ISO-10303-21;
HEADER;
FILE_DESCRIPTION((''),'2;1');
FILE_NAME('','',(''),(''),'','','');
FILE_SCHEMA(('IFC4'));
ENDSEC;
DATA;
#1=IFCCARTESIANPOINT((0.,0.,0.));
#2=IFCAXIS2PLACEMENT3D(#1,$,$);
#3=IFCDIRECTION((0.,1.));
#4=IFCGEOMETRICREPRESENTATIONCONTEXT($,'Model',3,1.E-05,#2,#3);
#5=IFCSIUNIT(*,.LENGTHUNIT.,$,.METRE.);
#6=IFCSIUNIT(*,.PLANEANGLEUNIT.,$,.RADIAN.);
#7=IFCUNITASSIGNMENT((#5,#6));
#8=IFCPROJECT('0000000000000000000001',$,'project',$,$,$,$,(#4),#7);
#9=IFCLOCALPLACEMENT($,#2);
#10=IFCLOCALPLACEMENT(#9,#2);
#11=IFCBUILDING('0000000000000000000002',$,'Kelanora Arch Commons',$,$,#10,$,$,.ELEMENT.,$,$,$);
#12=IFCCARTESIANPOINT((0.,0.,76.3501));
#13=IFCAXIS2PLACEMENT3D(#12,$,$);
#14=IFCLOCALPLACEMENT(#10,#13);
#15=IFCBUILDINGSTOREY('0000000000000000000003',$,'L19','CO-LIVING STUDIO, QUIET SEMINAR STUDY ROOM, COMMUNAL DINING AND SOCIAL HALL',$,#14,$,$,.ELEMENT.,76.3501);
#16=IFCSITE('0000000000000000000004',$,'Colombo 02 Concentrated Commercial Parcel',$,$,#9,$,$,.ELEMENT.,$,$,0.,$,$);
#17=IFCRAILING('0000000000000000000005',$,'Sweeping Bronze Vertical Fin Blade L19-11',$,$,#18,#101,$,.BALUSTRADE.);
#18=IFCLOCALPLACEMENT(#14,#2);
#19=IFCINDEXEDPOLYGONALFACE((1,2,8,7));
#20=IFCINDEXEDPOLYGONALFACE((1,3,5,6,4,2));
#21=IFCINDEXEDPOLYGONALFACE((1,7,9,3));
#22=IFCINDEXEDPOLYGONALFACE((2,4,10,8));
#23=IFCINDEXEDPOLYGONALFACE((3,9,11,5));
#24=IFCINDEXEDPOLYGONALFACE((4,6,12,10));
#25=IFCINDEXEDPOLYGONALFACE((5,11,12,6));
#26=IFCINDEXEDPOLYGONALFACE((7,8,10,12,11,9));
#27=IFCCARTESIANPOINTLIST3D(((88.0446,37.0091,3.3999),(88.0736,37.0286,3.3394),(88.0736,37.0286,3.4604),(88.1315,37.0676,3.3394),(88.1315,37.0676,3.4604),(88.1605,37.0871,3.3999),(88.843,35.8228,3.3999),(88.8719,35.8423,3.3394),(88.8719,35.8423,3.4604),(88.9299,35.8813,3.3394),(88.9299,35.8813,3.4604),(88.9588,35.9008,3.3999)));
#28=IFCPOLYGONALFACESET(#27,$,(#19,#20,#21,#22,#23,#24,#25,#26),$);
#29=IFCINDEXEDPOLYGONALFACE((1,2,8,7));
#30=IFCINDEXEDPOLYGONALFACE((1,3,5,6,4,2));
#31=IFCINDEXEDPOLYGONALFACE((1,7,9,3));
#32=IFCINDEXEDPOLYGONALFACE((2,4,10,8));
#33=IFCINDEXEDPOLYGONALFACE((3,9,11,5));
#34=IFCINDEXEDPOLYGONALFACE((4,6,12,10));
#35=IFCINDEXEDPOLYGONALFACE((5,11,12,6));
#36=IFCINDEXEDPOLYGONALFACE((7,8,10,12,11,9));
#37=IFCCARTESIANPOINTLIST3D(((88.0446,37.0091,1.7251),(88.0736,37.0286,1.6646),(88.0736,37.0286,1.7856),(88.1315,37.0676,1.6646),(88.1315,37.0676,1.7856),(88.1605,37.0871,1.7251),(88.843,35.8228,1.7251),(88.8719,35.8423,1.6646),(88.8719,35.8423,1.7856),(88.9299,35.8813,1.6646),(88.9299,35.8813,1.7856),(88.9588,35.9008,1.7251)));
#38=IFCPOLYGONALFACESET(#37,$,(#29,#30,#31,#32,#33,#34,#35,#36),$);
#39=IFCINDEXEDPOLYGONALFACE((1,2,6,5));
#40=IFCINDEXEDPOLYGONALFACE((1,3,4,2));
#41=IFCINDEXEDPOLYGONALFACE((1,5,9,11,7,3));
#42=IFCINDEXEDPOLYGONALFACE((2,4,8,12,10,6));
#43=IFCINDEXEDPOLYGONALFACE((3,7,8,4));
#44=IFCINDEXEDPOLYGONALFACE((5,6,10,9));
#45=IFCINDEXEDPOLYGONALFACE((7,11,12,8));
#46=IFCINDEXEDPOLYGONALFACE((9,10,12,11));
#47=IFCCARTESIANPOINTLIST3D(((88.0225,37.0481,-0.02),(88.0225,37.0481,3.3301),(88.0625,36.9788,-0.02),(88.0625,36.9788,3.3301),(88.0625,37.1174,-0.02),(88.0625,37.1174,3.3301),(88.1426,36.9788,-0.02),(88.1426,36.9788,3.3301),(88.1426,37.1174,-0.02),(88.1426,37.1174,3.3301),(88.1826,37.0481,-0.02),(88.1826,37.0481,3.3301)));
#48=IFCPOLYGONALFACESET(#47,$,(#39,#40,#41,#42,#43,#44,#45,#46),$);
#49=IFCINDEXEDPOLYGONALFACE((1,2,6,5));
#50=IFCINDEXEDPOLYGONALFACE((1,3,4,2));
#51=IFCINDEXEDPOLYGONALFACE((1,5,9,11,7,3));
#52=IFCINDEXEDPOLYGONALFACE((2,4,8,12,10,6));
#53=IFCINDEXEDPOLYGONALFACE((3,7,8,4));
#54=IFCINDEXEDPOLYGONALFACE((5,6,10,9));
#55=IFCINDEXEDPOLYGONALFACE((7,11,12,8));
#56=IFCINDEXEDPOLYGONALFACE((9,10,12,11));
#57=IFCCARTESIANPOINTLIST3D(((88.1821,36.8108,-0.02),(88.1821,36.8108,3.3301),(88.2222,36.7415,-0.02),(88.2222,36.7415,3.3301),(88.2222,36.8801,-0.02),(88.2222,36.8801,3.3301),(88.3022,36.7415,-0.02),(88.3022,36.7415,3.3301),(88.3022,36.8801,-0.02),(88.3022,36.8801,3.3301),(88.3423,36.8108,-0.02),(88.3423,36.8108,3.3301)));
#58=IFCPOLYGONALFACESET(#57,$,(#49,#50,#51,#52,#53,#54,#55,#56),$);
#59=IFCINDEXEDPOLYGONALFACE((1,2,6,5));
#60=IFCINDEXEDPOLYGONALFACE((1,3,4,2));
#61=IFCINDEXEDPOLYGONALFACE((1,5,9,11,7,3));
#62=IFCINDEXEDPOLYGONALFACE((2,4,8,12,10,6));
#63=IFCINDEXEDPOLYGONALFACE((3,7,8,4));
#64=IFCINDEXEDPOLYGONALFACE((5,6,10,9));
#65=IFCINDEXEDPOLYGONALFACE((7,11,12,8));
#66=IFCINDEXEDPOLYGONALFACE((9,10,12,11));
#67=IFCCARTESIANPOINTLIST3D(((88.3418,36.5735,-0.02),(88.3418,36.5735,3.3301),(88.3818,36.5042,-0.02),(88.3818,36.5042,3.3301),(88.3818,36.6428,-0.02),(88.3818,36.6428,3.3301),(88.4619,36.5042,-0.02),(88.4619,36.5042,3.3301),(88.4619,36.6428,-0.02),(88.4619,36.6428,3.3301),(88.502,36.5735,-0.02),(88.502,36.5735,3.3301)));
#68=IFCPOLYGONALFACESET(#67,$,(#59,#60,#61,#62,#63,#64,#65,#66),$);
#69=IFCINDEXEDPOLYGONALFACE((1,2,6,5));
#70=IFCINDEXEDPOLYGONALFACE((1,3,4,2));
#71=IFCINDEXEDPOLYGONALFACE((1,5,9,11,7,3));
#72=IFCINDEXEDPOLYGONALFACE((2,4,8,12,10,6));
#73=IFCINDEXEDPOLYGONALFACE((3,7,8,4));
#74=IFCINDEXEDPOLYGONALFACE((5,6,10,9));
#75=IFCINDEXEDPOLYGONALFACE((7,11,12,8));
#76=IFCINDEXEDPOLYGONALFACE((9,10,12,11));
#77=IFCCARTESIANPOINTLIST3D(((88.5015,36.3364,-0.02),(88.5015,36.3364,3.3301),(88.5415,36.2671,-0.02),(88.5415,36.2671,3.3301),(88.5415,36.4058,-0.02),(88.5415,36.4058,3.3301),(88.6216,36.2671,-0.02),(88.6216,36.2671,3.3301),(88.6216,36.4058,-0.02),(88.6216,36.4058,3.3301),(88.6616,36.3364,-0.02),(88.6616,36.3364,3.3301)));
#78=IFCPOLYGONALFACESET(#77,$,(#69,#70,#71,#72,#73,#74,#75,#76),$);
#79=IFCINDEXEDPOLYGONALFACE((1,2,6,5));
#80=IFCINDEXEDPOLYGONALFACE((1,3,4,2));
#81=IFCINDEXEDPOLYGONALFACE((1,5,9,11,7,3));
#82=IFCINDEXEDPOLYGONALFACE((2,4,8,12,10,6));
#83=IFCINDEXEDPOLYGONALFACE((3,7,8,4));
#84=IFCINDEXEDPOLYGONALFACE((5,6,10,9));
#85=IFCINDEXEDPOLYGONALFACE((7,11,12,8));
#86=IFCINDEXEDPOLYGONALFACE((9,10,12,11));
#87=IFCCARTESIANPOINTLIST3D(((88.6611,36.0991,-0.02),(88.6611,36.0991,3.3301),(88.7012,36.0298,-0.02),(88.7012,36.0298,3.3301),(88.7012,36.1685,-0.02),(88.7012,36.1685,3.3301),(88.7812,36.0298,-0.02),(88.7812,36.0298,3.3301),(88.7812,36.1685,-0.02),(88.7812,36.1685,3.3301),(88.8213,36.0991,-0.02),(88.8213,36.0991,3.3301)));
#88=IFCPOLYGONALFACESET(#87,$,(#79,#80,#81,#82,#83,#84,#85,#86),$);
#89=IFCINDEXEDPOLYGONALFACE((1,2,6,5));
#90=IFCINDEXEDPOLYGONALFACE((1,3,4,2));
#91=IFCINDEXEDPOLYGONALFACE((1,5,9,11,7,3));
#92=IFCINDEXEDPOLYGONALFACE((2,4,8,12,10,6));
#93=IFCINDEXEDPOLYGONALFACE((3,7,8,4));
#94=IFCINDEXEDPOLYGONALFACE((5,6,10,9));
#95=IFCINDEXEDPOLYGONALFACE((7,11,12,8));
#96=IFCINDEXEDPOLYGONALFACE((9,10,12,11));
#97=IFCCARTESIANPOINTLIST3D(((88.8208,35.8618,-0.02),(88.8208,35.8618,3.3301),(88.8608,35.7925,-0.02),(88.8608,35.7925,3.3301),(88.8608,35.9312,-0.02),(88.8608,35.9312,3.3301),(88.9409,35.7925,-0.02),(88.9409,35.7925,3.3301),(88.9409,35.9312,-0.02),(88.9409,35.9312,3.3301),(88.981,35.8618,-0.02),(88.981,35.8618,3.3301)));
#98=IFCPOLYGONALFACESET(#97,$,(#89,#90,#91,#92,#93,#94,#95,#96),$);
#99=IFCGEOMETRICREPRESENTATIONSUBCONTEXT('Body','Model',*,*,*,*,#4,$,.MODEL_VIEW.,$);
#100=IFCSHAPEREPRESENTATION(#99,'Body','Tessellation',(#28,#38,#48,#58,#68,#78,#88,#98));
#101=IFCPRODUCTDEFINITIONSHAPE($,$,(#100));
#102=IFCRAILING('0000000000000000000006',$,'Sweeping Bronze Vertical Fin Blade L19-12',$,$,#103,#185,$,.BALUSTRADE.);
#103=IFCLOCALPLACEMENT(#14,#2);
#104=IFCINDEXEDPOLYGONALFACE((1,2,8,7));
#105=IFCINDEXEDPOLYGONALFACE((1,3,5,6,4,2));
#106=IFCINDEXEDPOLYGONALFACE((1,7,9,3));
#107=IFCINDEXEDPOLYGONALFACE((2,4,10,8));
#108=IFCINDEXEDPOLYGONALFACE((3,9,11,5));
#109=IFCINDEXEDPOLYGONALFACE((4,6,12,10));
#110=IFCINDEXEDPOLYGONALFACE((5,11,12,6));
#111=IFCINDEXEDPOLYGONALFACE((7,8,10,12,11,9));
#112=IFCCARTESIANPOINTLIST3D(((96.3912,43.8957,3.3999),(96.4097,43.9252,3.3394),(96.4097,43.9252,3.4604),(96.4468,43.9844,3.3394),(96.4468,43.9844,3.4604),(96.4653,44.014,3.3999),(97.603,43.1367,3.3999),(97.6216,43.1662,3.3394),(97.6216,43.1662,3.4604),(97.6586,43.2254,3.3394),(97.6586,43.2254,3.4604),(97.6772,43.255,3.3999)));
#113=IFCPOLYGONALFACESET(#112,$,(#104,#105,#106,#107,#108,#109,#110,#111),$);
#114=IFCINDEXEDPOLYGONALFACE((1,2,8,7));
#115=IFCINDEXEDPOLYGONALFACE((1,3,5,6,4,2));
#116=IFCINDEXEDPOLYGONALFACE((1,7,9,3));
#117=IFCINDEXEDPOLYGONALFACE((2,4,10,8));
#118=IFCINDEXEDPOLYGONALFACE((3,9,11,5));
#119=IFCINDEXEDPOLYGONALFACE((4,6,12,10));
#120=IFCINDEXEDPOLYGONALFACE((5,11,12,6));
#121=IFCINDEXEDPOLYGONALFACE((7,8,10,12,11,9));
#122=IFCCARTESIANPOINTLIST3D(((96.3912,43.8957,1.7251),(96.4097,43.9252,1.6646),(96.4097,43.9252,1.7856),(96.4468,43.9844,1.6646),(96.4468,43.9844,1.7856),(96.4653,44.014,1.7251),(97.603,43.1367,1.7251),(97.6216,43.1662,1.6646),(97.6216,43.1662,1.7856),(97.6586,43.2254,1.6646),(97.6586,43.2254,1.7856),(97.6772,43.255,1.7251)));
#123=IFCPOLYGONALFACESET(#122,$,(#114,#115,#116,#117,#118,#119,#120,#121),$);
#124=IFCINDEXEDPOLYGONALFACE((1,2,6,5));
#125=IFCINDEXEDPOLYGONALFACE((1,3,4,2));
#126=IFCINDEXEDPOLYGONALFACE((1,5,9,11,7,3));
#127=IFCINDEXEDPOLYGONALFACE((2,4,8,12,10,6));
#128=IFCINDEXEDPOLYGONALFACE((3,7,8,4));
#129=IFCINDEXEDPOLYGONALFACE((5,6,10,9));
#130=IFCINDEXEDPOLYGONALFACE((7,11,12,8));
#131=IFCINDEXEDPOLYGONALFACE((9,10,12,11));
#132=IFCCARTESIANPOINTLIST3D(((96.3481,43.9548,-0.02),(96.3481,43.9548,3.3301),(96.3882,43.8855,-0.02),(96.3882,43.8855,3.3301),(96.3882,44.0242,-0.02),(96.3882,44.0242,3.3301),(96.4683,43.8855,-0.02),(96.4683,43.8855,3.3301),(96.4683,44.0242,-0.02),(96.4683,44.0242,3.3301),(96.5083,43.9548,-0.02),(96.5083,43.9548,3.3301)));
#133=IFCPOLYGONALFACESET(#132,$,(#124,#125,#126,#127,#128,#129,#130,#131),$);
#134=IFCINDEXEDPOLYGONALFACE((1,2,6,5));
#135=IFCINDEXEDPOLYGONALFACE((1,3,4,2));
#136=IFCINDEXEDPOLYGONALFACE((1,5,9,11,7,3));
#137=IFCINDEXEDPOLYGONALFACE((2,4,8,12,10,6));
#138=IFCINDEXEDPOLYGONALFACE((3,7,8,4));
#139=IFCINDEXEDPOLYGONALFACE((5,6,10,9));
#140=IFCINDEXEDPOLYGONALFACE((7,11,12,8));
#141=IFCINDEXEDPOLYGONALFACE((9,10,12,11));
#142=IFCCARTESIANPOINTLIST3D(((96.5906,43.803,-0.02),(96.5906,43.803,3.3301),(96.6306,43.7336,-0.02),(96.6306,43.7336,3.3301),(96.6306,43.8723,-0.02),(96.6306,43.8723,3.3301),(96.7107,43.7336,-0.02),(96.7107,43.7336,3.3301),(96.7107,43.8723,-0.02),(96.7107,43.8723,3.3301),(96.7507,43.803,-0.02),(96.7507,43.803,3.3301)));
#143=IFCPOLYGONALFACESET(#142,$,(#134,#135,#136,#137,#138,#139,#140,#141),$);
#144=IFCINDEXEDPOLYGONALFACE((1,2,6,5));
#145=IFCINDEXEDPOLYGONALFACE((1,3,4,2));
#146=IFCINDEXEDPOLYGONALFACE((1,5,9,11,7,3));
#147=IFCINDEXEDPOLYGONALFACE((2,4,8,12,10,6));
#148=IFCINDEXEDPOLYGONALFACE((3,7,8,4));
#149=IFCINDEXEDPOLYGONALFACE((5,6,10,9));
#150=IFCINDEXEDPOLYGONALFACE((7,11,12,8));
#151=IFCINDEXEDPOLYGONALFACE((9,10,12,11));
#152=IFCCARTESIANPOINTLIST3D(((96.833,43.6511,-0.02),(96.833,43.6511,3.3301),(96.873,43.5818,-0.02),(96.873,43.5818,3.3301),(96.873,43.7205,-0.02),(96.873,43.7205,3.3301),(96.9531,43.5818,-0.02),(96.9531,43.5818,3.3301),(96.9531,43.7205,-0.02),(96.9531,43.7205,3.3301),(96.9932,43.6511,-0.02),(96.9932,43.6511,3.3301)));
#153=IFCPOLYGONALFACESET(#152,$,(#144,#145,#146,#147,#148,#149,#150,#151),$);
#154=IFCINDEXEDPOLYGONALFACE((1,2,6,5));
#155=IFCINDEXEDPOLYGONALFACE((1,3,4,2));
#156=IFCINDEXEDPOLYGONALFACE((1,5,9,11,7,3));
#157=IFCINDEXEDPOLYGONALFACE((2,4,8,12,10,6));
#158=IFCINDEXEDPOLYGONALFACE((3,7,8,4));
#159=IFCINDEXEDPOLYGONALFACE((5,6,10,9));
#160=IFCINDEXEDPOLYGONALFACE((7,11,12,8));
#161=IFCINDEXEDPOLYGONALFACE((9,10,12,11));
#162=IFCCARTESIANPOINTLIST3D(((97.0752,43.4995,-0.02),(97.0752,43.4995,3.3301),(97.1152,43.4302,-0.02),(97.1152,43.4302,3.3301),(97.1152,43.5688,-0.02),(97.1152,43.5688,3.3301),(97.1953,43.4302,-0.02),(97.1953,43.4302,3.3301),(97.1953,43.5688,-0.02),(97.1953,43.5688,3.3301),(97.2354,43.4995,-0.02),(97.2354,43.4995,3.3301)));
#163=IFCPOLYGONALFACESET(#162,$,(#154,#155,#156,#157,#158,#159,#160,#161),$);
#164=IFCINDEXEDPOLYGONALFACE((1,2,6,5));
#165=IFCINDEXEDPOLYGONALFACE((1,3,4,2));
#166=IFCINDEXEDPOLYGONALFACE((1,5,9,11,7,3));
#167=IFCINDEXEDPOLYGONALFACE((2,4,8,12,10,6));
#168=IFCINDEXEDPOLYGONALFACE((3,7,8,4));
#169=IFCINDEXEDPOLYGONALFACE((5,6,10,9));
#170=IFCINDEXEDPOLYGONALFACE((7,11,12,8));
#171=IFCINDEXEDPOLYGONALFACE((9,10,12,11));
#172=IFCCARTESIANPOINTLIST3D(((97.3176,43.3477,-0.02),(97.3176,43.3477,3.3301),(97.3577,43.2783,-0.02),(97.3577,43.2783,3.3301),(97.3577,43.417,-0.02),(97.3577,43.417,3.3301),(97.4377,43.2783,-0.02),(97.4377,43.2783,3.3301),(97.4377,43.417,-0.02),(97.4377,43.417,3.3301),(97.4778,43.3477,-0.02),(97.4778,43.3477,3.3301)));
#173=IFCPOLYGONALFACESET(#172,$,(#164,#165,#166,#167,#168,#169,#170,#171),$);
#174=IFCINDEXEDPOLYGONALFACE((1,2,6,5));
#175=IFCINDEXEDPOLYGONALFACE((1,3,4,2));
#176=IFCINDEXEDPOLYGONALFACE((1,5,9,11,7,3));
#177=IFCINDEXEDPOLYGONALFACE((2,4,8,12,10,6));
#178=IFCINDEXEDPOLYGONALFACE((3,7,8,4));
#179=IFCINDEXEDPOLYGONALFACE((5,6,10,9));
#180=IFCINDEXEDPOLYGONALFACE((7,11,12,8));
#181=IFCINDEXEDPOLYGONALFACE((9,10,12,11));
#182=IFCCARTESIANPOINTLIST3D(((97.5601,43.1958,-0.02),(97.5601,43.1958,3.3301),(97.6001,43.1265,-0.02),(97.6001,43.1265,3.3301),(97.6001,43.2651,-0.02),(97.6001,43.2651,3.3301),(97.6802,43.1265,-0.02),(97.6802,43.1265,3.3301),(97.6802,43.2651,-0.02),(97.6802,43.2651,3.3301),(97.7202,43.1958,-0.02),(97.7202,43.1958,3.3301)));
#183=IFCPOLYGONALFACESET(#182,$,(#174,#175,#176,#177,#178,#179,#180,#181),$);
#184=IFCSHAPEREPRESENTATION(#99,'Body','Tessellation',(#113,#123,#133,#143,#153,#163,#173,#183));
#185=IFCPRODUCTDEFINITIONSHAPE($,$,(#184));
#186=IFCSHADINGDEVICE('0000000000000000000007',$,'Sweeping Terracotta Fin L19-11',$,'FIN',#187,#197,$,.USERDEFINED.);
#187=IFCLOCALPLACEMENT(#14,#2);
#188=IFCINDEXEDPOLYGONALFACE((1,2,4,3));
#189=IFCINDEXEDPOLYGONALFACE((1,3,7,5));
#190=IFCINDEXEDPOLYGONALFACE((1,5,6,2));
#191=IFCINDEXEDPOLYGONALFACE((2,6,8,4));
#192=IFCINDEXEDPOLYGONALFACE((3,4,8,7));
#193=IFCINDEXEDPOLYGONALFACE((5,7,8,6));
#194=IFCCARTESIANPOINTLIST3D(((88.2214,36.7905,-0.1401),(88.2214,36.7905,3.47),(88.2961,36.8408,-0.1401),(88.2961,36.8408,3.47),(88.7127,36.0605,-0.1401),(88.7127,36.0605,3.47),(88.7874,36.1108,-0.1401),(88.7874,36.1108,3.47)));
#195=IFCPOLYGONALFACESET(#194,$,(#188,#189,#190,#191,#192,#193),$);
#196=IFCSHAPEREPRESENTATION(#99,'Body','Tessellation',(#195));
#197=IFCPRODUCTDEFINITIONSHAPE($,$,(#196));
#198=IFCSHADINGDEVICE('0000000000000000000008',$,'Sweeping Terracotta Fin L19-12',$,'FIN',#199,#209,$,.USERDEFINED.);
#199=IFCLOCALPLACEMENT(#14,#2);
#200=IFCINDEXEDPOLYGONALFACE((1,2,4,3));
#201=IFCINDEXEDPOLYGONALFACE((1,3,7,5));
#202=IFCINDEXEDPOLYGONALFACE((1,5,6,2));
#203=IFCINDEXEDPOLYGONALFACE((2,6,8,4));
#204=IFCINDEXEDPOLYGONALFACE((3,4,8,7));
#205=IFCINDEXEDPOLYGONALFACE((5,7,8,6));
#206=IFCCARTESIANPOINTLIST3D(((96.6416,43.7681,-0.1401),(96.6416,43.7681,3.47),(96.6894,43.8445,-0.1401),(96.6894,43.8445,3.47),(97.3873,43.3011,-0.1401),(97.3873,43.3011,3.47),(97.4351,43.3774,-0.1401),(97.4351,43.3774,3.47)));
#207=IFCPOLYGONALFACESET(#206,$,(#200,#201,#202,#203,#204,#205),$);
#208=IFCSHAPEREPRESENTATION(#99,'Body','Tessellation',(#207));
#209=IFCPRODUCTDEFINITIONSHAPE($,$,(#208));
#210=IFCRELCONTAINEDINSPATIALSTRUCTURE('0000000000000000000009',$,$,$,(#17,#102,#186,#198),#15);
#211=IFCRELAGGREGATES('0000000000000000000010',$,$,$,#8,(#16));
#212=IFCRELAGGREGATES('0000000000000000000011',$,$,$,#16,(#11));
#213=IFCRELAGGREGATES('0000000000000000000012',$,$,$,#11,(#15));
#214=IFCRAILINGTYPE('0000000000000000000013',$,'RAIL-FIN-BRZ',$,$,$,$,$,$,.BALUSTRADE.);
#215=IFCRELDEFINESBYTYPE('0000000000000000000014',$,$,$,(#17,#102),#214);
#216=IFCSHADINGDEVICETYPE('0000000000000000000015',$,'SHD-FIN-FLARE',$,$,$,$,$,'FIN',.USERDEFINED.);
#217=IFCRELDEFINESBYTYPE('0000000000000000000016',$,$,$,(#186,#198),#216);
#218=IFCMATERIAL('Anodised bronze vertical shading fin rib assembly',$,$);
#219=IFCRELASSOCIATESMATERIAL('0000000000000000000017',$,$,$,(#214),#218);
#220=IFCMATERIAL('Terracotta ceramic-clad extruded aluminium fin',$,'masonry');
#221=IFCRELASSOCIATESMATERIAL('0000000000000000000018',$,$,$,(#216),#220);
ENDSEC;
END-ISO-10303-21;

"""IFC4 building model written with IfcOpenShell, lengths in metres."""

from ifc_helpers import new_model, si_unit, direction, frame, origin, origin_2d, place, context, subcontext, project, spatial, polyline, rectangle, outline, extrude, source, transform, mapped, material, type_object, element, save


model = new_model("IFC4")

# Units and contexts
model_context = context("Model", 3, precision=1e-05, world=origin(), true_north=direction((0.0, 1.0)))
body_context = subcontext(model_context, "Body", "Model", "MODEL_VIEW")
ifc_project = project(units=[si_unit("LENGTHUNIT", "METRE"), si_unit("PLANEANGLEUNIT", "RADIAN")], contexts=[model_context])

# Site, building, storey
site_placement = place(None, origin())
site = spatial("IfcSite", under=ifc_project, at=site_placement, Name="Colombo 02 Concentrated Commercial Parcel", CompositionType="ELEMENT", RefElevation=0.0)
building_placement = place(site_placement, origin())
building = spatial("IfcBuilding", under=site, at=building_placement, Name="Kelanora Arch Commons", CompositionType="ELEMENT")
storey_placement = place(building_placement, frame((0.0, 0.0, 76.3501)))
storey = spatial("IfcBuildingStorey", under=building, at=storey_placement, Name="L19", Description="CO-LIVING STUDIO, QUIET SEMINAR STUDY ROOM, COMMUNAL DINING AND SOCIAL HALL", CompositionType="ELEMENT", Elevation=76.3501)

# Railings
ifc_material_1 = material(Name="Anodised bronze vertical shading fin rib assembly")
railing_type = type_object("IfcRailingType", Name="RAIL-FIN-BRZ", PredefinedType="BALUSTRADE", material=ifc_material_1)
railing_1_placement = place(storey_placement, frame((88.1025, 37.0481, -0.02)))
element("IfcRailing", 1, at=railing_1_placement, inside=storey, type_object=railing_type, Name="Sweeping Bronze Vertical Fin Blade L19-11", PredefinedType="BALUSTRADE", context=body_context, shape_type="SweptSolid", body=[
    extrude(outline(polyline([(0.0698, 0.0), (0.0349, 0.0605), (-0.0349, 0.0605), (-0.0698, 0.0), (-0.0349, -0.0605), (0.0349, -0.0605), (0.0698, 0.0)])), frame((0.0, 0.0, 3.4199), z_axis=(0.55832, -0.829626, 0.0), x_axis=(0.829626, 0.55832, 0.0)), (0.0, 0.0, 1.0), 1.4299),
    extrude(outline(polyline([(0.0698, 0.0), (0.0349, 0.0605), (-0.0349, 0.0605), (-0.0698, 0.0), (-0.0349, -0.0605), (0.0349, -0.0605), (0.0698, 0.0)])), frame((0.0, 0.0, 1.7451), z_axis=(0.55832, -0.829626, 0.0), x_axis=(0.829626, 0.55832, 0.0)), (0.0, 0.0, 1.0), 1.4299),
    extrude(outline(polyline([(0.0801, 0.0), (0.04, 0.0693), (-0.04, 0.0693), (-0.0801, 0.0), (-0.04, -0.0693), (0.04, -0.0693), (0.0801, 0.0)])), origin(), (0.0, 0.0, 1.0), 3.3501),
    extrude(outline(polyline([(0.0801, 0.0), (0.04, 0.0693), (-0.04, 0.0693), (-0.0801, 0.0), (-0.04, -0.0693), (0.04, -0.0693), (0.0801, 0.0)])), frame((0.1597, -0.2373, 0.0)), (0.0, 0.0, 1.0), 3.3501),
    extrude(outline(polyline([(0.0801, 0.0), (0.04, 0.0693), (-0.04, 0.0693), (-0.0801, 0.0), (-0.04, -0.0693), (0.04, -0.0693), (0.0801, 0.0)])), frame((0.3193, -0.4746, 0.0)), (0.0, 0.0, 1.0), 3.3501),
    extrude(outline(polyline([(0.0801, 0.0), (0.04, 0.0693), (-0.04, 0.0693), (-0.0801, 0.0), (-0.04, -0.0693), (0.04, -0.0693), (0.0801, 0.0)])), frame((0.479, -0.7117, 0.0)), (0.0, 0.0, 1.0), 3.3501),
    extrude(outline(polyline([(0.0801, 0.0), (0.04, 0.0693), (-0.04, 0.0693), (-0.0801, 0.0), (-0.04, -0.0693), (0.04, -0.0693), (0.0801, 0.0)])), frame((0.6387, -0.949, 0.0)), (0.0, 0.0, 1.0), 3.3501),
    extrude(outline(polyline([(0.0801, 0.0), (0.04, 0.0693), (-0.04, 0.0693), (-0.0801, 0.0), (-0.04, -0.0693), (0.04, -0.0693), (0.0801, 0.0)])), frame((0.7983, -1.1863, 0.0)), (0.0, 0.0, 1.0), 3.3501),
])
railing_2_placement = place(storey_placement, frame((96.4282, 43.9548, -0.02)))
element("IfcRailing", 2, at=railing_2_placement, inside=storey, type_object=railing_type, Name="Sweeping Bronze Vertical Fin Blade L19-12", PredefinedType="BALUSTRADE", context=body_context, shape_type="SweptSolid", body=[
    extrude(outline(polyline([(0.0698, 0.0), (0.0349, 0.0605), (-0.0349, 0.0605), (-0.0698, 0.0), (-0.0349, -0.0605), (0.0349, -0.0605), (0.0698, 0.0)])), frame((0.0, 0.0, 3.4199), z_axis=(0.847499, -0.530797, 0.0), x_axis=(0.530797, 0.847499, 0.0)), (0.0, 0.0, 1.0), 1.4299),
    extrude(outline(polyline([(0.0698, 0.0), (0.0349, 0.0605), (-0.0349, 0.0605), (-0.0698, 0.0), (-0.0349, -0.0605), (0.0349, -0.0605), (0.0698, 0.0)])), frame((0.0, 0.0, 1.7451), z_axis=(0.847499, -0.530797, 0.0), x_axis=(0.530797, 0.847499, 0.0)), (0.0, 0.0, 1.0), 1.4299),
    extrude(outline(polyline([(0.0801, 0.0), (0.04, 0.0693), (-0.04, 0.0693), (-0.0801, 0.0), (-0.04, -0.0693), (0.04, -0.0693), (0.0801, 0.0)])), origin(), (0.0, 0.0, 1.0), 3.3501),
    extrude(outline(polyline([(0.0801, 0.0), (0.04, 0.0693), (-0.04, 0.0693), (-0.0801, 0.0), (-0.04, -0.0693), (0.04, -0.0693), (0.0801, 0.0)])), frame((0.2424, -0.1519, 0.0)), (0.0, 0.0, 1.0), 3.3501),
    extrude(outline(polyline([(0.0801, 0.0), (0.04, 0.0693), (-0.04, 0.0693), (-0.0801, 0.0), (-0.04, -0.0693), (0.04, -0.0693), (0.0801, 0.0)])), frame((0.4849, -0.3037, 0.0)), (0.0, 0.0, 1.0), 3.3501),
    extrude(outline(polyline([(0.0801, 0.0), (0.04, 0.0693), (-0.04, 0.0693), (-0.0801, 0.0), (-0.04, -0.0693), (0.04, -0.0693), (0.0801, 0.0)])), frame((0.7271, -0.4553, 0.0)), (0.0, 0.0, 1.0), 3.3501),
    extrude(outline(polyline([(0.0801, 0.0), (0.04, 0.0693), (-0.04, 0.0693), (-0.0801, 0.0), (-0.04, -0.0693), (0.04, -0.0693), (0.0801, 0.0)])), frame((0.9695, -0.6072, 0.0)), (0.0, 0.0, 1.0), 3.3501),
    extrude(outline(polyline([(0.0801, 0.0), (0.04, 0.0693), (-0.04, 0.0693), (-0.0801, 0.0), (-0.04, -0.0693), (0.04, -0.0693), (0.0801, 0.0)])), frame((1.2119, -0.759, 0.0)), (0.0, 0.0, 1.0), 3.3501),
])

# Shading devices
ifc_material_2 = material(Name="Terracotta ceramic-clad extruded aluminium fin", Category="masonry")
shading_device_type = type_object("IfcShadingDeviceType", Name="SHD-FIN-FLARE", ElementType="FIN", PredefinedType="USERDEFINED", material=ifc_material_2)
shared_shape_1 = source(origin(), body_context, "Body", "SweptSolid", [
    extrude(rectangle(XDim=0.8799, YDim=0.0901, at=origin_2d()), origin(), (0.0, 0.0, 1.0), 3.6101),
])
for number, where, z_axis, x_axis, name in (
    (3, (88.5044, 36.4507, -0.1401), (0.0, 0.0, 1.0), (0.558324, -0.829623, 0.0), "Sweeping Terracotta Fin L19-11"),
    (4, (97.0383, 43.5728, -0.1401), (0.0, 0.0, 1.0), (0.847493, -0.530807, 0.0), "Sweeping Terracotta Fin L19-12"),
):
    element("IfcShadingDevice", number, at=place(storey_placement, frame(where, z_axis=z_axis, x_axis=x_axis)), inside=storey, type_object=shading_device_type, Name=name, ObjectType="FIN", PredefinedType="USERDEFINED", context=body_context, shape_type="MappedRepresentation", body=[
        mapped(shared_shape_1, transform((0.0, 0.0, 0.0), scale=1.0)),
    ])

save(model, "model.ifc")
